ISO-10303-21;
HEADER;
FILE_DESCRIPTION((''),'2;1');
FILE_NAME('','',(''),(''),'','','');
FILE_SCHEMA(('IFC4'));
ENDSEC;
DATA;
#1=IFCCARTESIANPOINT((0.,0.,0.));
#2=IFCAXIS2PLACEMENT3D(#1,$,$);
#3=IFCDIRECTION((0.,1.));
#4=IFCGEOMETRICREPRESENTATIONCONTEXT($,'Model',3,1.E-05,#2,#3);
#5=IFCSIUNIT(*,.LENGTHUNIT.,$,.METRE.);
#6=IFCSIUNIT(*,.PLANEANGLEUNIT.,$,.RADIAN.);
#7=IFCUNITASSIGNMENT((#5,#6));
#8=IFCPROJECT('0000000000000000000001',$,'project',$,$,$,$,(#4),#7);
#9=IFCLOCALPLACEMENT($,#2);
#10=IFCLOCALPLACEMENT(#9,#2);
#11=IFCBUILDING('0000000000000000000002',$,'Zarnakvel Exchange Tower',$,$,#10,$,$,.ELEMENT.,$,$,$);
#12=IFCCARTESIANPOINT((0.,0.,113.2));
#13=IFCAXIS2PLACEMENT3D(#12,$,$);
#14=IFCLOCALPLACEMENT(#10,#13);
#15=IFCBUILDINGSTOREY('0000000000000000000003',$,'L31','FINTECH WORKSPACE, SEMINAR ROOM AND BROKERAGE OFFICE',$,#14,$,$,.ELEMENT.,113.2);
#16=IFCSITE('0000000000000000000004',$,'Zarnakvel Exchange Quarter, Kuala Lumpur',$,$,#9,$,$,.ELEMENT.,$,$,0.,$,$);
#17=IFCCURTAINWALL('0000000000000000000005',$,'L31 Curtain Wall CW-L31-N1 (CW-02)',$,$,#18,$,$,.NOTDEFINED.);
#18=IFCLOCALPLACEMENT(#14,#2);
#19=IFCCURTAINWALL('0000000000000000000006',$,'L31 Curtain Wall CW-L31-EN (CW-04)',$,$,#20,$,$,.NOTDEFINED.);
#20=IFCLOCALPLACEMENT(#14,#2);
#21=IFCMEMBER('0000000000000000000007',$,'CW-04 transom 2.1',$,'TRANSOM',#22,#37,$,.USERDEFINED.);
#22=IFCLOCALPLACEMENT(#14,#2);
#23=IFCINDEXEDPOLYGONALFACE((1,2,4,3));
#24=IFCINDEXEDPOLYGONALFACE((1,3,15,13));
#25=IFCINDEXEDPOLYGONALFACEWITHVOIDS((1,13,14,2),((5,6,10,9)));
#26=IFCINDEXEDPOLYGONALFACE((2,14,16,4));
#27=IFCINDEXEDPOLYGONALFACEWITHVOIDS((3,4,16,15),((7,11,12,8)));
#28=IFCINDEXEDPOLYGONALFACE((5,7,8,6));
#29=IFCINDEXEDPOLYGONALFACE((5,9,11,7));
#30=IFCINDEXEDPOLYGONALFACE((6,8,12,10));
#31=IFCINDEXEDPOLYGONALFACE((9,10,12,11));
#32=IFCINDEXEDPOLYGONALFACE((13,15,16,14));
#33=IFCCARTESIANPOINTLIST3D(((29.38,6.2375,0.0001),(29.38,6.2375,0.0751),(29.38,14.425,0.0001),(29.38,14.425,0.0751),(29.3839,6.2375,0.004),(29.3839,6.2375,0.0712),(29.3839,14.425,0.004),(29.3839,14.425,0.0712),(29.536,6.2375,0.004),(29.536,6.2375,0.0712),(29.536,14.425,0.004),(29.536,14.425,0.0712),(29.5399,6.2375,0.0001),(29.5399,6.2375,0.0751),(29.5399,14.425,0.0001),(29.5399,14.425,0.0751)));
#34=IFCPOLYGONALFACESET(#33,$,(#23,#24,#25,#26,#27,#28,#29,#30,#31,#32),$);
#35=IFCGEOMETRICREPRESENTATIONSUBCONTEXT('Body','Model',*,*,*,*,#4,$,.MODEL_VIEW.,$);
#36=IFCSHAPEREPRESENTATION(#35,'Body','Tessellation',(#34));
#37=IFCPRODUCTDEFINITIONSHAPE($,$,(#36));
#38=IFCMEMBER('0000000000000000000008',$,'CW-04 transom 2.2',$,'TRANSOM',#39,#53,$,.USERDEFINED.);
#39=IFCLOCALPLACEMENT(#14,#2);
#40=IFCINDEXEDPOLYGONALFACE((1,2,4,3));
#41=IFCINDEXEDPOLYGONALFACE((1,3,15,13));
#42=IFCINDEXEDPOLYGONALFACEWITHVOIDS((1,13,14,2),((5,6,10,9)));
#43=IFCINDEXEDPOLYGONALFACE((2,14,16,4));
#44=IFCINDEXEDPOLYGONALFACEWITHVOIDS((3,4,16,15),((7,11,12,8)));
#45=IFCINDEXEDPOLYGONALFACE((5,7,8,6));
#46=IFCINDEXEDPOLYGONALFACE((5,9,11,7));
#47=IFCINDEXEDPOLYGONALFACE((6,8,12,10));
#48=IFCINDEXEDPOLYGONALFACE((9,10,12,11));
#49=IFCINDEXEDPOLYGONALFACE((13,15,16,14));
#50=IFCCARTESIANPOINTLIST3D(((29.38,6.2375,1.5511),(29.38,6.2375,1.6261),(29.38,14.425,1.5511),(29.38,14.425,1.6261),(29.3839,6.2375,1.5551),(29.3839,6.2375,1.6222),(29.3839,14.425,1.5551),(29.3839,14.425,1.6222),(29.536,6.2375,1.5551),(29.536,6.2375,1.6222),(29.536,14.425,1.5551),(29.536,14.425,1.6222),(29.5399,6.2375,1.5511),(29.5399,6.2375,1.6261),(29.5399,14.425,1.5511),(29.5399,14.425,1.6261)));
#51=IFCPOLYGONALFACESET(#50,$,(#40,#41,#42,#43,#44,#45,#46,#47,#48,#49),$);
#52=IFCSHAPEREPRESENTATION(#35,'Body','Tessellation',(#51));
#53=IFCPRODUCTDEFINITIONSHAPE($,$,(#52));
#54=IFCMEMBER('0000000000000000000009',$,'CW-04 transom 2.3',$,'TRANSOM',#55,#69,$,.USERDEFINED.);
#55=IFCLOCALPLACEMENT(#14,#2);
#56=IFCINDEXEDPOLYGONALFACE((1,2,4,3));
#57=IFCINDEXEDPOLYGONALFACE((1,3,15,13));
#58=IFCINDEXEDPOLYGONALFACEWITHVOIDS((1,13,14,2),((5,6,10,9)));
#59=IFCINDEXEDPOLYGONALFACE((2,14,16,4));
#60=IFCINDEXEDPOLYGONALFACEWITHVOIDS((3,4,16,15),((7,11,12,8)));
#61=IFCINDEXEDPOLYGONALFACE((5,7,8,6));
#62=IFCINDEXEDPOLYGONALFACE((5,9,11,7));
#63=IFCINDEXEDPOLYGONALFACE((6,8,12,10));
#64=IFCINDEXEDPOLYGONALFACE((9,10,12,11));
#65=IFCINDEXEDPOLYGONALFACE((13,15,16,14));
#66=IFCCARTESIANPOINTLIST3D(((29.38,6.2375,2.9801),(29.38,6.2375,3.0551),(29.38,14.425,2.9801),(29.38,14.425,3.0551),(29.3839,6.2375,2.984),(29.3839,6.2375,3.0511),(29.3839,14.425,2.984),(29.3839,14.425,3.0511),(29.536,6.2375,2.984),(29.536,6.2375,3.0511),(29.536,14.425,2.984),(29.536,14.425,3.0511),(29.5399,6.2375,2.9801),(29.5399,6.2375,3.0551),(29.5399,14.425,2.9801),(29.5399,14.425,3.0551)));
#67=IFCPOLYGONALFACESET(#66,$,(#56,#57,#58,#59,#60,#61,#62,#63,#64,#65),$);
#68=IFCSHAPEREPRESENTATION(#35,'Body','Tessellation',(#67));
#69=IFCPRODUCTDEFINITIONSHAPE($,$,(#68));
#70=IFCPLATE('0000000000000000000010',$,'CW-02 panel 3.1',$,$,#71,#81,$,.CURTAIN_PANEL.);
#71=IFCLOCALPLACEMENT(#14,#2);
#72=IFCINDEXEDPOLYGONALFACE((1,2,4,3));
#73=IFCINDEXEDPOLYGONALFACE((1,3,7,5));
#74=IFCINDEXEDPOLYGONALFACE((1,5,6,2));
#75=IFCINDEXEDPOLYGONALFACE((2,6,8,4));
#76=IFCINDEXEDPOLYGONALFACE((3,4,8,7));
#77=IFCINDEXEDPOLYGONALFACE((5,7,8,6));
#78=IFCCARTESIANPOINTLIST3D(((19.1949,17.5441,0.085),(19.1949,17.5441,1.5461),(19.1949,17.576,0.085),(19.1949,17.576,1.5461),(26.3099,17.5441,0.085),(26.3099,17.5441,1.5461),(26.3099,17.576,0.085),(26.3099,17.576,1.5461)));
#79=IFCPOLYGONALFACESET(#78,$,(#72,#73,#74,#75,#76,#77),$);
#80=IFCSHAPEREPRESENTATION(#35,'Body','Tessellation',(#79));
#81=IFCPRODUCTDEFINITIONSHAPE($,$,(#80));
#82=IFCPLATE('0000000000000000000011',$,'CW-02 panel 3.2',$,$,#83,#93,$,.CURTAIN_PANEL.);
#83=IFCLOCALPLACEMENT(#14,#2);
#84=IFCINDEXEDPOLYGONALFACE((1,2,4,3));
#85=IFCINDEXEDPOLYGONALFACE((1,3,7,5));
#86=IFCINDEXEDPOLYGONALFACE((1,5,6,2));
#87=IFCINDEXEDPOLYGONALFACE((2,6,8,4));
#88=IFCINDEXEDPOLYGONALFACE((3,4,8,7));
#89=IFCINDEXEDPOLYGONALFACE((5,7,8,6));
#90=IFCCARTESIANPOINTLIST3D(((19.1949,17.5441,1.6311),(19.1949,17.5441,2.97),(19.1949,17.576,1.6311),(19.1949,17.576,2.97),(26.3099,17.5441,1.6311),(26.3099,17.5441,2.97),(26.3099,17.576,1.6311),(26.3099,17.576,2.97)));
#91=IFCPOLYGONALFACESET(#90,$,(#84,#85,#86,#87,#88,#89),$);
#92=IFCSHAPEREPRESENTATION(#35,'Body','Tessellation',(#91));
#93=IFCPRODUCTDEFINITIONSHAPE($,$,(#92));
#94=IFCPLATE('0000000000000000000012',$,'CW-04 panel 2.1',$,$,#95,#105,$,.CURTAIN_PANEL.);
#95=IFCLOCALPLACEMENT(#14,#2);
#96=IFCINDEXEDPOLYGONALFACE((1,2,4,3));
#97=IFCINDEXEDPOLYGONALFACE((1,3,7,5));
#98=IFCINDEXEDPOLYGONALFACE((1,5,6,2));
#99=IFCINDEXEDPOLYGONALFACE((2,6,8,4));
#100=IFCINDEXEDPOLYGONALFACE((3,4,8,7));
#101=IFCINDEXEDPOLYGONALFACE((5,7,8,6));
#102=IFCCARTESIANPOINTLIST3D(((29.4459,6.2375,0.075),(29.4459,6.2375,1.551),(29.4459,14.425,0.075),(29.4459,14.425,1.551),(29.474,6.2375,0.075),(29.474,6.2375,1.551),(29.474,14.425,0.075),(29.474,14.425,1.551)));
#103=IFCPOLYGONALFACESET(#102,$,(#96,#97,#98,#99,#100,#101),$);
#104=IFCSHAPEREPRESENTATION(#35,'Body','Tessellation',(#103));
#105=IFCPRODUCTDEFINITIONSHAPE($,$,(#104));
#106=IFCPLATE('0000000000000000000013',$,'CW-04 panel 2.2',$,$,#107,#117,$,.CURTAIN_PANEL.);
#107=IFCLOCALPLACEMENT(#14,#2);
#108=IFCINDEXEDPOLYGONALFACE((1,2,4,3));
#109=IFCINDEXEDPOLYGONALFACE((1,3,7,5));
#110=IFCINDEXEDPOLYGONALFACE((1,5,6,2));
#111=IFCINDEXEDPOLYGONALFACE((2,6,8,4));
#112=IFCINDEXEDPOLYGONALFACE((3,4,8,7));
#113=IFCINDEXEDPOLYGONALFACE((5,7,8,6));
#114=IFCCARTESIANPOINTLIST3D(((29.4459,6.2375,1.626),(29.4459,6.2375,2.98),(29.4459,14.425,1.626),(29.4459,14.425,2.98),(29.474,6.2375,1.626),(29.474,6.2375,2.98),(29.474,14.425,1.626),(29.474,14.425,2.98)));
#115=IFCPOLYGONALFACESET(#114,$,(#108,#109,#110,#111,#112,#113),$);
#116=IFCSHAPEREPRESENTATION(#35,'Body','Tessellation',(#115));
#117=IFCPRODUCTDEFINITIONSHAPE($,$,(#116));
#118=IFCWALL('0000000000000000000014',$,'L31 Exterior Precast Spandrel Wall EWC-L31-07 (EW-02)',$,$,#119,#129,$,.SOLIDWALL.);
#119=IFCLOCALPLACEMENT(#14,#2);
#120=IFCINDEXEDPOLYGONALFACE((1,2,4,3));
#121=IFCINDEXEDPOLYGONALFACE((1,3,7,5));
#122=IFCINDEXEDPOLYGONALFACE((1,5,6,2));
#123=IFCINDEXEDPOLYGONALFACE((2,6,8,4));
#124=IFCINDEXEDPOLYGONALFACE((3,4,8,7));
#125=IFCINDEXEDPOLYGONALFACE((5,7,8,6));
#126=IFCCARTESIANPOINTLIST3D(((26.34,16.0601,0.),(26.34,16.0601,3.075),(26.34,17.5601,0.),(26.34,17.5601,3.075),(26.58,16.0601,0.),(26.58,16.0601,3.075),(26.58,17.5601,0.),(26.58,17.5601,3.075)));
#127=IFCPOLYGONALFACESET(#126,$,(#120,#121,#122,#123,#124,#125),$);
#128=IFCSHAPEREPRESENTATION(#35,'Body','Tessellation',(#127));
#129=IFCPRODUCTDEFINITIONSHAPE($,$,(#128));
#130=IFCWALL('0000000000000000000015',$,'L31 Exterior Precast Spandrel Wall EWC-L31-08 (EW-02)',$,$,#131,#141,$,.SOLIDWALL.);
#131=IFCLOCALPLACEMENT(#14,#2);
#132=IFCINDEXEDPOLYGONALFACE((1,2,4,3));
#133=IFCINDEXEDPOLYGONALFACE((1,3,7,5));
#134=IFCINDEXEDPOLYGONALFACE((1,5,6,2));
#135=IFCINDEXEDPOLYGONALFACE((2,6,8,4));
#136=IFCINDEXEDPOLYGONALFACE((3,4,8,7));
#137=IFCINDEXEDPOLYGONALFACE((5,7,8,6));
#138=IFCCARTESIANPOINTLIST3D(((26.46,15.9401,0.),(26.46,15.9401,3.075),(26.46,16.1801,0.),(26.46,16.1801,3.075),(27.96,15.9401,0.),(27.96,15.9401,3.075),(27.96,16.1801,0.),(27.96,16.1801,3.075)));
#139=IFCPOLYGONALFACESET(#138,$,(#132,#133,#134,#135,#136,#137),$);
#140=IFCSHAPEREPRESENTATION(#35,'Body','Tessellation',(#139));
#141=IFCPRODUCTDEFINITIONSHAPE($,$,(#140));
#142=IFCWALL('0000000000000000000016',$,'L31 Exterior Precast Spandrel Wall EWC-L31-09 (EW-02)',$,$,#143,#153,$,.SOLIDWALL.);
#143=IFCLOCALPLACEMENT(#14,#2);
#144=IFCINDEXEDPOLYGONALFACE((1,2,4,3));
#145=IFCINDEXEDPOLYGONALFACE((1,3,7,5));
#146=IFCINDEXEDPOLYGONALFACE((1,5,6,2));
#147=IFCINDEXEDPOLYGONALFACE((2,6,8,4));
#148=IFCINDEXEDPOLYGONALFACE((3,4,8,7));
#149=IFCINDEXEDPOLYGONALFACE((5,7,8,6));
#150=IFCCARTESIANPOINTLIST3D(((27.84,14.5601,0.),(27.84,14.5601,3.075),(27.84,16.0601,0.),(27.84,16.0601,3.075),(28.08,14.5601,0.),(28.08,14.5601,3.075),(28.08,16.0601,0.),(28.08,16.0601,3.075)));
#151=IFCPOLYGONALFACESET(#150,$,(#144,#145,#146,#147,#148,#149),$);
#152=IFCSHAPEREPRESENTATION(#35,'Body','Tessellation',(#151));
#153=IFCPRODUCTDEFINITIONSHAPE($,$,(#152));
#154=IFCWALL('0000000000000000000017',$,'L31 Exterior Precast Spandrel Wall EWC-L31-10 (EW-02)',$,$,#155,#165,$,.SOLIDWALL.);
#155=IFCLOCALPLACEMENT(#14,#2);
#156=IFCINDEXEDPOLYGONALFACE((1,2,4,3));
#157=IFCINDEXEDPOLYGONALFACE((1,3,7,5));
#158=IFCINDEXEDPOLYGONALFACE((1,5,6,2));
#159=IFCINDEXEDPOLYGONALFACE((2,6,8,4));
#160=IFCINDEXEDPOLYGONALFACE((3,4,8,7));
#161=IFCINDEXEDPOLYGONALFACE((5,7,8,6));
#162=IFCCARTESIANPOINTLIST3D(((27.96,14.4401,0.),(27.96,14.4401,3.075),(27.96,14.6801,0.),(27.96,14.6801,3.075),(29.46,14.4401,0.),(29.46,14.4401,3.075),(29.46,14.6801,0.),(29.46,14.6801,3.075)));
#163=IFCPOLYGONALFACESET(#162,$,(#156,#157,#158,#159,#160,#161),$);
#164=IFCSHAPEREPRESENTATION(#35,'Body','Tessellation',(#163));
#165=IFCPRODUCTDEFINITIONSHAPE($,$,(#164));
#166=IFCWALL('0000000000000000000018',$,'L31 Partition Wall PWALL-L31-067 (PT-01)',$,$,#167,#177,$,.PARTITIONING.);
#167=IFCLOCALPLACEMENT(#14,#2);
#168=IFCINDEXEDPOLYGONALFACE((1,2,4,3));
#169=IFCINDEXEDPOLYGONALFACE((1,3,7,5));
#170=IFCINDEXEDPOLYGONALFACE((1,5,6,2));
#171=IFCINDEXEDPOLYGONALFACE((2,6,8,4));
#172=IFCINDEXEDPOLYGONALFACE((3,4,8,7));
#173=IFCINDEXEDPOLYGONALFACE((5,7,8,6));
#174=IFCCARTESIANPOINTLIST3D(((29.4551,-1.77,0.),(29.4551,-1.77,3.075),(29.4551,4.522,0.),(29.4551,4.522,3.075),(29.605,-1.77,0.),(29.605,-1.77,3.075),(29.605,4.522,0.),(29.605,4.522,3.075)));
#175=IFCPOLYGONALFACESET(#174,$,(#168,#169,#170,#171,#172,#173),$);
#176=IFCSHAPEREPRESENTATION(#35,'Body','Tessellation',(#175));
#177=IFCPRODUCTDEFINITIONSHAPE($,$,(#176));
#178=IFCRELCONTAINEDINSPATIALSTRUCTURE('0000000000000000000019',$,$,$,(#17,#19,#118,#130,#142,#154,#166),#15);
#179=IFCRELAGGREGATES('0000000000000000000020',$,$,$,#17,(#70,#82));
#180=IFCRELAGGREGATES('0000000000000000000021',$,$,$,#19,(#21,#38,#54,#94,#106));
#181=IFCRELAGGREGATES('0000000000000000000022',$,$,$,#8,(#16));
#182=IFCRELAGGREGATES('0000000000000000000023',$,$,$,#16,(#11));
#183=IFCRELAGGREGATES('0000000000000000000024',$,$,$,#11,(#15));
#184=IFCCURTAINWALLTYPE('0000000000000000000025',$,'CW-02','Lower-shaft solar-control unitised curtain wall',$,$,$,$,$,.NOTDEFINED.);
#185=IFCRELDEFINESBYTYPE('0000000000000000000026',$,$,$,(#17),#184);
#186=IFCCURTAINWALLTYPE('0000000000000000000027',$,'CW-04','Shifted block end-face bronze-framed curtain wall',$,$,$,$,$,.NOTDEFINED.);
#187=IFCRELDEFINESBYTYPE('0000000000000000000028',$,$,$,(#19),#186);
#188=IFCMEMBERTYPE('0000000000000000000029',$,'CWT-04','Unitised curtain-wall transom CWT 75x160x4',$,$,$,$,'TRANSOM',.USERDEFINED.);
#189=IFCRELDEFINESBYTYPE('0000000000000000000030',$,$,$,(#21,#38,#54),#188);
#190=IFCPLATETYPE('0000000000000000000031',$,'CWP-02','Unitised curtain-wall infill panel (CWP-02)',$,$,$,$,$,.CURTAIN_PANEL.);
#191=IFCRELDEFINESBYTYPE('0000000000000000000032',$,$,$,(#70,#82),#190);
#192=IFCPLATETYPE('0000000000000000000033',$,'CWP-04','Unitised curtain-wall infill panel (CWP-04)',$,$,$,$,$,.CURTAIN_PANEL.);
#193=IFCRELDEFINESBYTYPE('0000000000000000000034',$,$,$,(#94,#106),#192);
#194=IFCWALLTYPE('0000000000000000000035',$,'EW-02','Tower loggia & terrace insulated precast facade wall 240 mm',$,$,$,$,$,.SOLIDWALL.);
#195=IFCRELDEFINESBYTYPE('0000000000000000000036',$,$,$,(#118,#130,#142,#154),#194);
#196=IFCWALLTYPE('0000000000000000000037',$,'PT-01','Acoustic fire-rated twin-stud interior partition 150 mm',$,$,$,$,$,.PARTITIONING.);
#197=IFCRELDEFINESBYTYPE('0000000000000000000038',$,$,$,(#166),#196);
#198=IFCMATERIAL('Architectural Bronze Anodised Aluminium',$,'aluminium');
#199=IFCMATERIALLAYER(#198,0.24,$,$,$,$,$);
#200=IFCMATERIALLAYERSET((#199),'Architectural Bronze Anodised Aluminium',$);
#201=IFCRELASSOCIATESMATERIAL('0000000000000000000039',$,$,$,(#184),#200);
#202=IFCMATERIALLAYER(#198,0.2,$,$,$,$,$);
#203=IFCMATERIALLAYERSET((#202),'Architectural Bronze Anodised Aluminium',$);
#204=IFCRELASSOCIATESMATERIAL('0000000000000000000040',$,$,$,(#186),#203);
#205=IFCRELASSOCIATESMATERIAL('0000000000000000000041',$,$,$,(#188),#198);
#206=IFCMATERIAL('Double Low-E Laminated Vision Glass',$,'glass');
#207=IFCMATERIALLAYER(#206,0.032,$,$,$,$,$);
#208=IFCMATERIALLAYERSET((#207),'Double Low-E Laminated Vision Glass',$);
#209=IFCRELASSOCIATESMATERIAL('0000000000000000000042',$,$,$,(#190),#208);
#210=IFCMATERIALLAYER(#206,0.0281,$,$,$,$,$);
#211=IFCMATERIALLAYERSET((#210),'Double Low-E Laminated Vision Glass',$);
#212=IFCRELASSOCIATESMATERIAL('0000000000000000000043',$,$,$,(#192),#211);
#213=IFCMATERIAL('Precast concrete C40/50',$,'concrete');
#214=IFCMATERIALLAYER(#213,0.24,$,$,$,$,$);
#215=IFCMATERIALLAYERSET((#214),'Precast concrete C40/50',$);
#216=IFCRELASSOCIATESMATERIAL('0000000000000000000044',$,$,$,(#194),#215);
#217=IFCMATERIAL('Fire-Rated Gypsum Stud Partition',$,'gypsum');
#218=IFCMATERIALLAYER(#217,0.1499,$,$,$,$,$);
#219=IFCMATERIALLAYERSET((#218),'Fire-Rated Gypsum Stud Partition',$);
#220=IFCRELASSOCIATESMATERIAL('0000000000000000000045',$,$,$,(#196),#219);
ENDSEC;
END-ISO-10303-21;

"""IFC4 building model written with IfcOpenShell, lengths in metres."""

from ifc_helpers import new_model, si_unit, direction, frame, frame_2d, origin, origin_2d, place, context, subcontext, project, spatial, rectangle, hollow_rectangle, extrude, source, transform, mapped, material, layer, layer_set, material_profile, profile_set, type_object, element, aggregate, save


model = new_model("IFC4")

# Units and contexts
model_context = context("Model", 3, precision=1e-05, world=origin(), true_north=direction((0.0, 1.0)))
body_context = subcontext(model_context, "Body", "Model", "MODEL_VIEW")
ifc_project = project(units=[si_unit("LENGTHUNIT", "METRE"), si_unit("PLANEANGLEUNIT", "RADIAN")], contexts=[model_context])

# Site, building, storey
site_placement = place(None, origin())
site = spatial("IfcSite", under=ifc_project, at=site_placement, Name="Zarnakvel Exchange Quarter, Kuala Lumpur", CompositionType="ELEMENT", RefElevation=0.0)
building_placement = place(site_placement, origin())
building = spatial("IfcBuilding", under=site, at=building_placement, Name="Zarnakvel Exchange Tower", CompositionType="ELEMENT")
storey_placement = place(building_placement, frame((0.0, 0.0, 113.2)))
storey = spatial("IfcBuildingStorey", under=building, at=storey_placement, Name="L31", Description="FINTECH WORKSPACE, SEMINAR ROOM AND BROKERAGE OFFICE", CompositionType="ELEMENT", Elevation=113.2)

# Curtain wall
ifc_material_1 = material(Name="Architectural Bronze Anodised Aluminium", Category="aluminium")
ifc_layer_1 = layer(ifc_material_1, 0.24)
ifc_layer_set_1 = layer_set([ifc_layer_1], Name="Architectural Bronze Anodised Aluminium")
curtain_wall_type_1 = type_object("IfcCurtainWallType", Name="CW-02", Description="Lower-shaft solar-control unitised curtain wall", PredefinedType="NOTDEFINED", material=ifc_layer_set_1)
curtain_wall_1_placement = place(storey_placement, origin())
curtain_wall_1 = element("IfcCurtainWall", 1, at=curtain_wall_1_placement, inside=storey, type_object=curtain_wall_type_1, Name="L31 Curtain Wall CW-L31-N1 (CW-02)", PredefinedType="NOTDEFINED")

# Curtain wall
ifc_layer_2 = layer(ifc_material_1, 0.2)
ifc_layer_set_2 = layer_set([ifc_layer_2], Name="Architectural Bronze Anodised Aluminium")
curtain_wall_type_2 = type_object("IfcCurtainWallType", Name="CW-04", Description="Shifted block end-face bronze-framed curtain wall", PredefinedType="NOTDEFINED", material=ifc_layer_set_2)
curtain_wall_2_placement = place(storey_placement, origin())
curtain_wall_2 = element("IfcCurtainWall", 2, at=curtain_wall_2_placement, inside=storey, type_object=curtain_wall_type_2, Name="L31 Curtain Wall CW-L31-EN (CW-04)", PredefinedType="NOTDEFINED")

# Members
ifc_material_profile_1 = material_profile(ifc_material_1, hollow_rectangle(XDim=0.1599, YDim=0.075, WallThickness=0.0039, at=origin_2d()))
ifc_profile_set_1 = profile_set([ifc_material_profile_1], Name="Architectural Bronze Anodised Aluminium")
member_type_1 = type_object("IfcMemberType", Name="CWT-04", Description="Unitised curtain-wall transom CWT 75x160x4", ElementType="TRANSOM", PredefinedType="USERDEFINED", material=ifc_profile_set_1)
shared_shape_1 = source(origin(), body_context, "Body", "SweptSolid", [
    extrude(hollow_rectangle(XDim=0.1599, YDim=0.075, WallThickness=0.0039, at=origin_2d()), origin(), (0.0, 0.0, 1.0), 8.1875),
])
member_1_placement = place(storey_placement, frame((29.46, 6.2375, 0.0376), z_axis=(0.0, 1.0, 0.0), x_axis=(-1.0, 0.0, 0.0)))
member_1 = element("IfcMember", 3, at=member_1_placement, type_object=member_type_1, Name="CW-04 transom 2.1", ObjectType="TRANSOM", PredefinedType="USERDEFINED", context=body_context, shape_type="MappedRepresentation", body=[
    mapped(shared_shape_1, transform((0.0, 0.0, 0.0), x_axis=(1.0, 0.0, 0.0), y_axis=(0.0, 1.0, 0.0), z_axis=(0.0, 0.0, 1.0), scale=1.0)),
])
member_2_placement = place(storey_placement, frame((29.46, 6.2375, 1.5886), z_axis=(0.0, 1.0, 0.0), x_axis=(-1.0, 0.0, 0.0)))
member_2 = element("IfcMember", 4, at=member_2_placement, type_object=member_type_1, Name="CW-04 transom 2.2", ObjectType="TRANSOM", PredefinedType="USERDEFINED", context=body_context, shape_type="MappedRepresentation", body=[
    mapped(shared_shape_1, transform((0.0, 0.0, 0.0), x_axis=(1.0, 0.0, 0.0), y_axis=(0.0, 1.0, 0.0), z_axis=(0.0, 0.0, 1.0), scale=1.0)),
])
member_3_placement = place(storey_placement, frame((29.46, 6.2375, 3.0176), z_axis=(0.0, 1.0, 0.0), x_axis=(-1.0, 0.0, 0.0)))
member_3 = element("IfcMember", 5, at=member_3_placement, type_object=member_type_1, Name="CW-04 transom 2.3", ObjectType="TRANSOM", PredefinedType="USERDEFINED", context=body_context, shape_type="MappedRepresentation", body=[
    mapped(shared_shape_1, transform((0.0, 0.0, 0.0), x_axis=(1.0, 0.0, 0.0), y_axis=(0.0, 1.0, 0.0), z_axis=(0.0, 0.0, 1.0), scale=1.0)),
])

# Plates
ifc_material_2 = material(Name="Double Low-E Laminated Vision Glass", Category="glass")
ifc_layer_3 = layer(ifc_material_2, 0.032)
ifc_layer_set_3 = layer_set([ifc_layer_3], Name="Double Low-E Laminated Vision Glass")
plate_type_1 = type_object("IfcPlateType", Name="CWP-02", Description="Unitised curtain-wall infill panel (CWP-02)", PredefinedType="CURTAIN_PANEL", material=ifc_layer_set_3)
shared_shape_2 = source(origin(), body_context, "Body", "SweptSolid", [
    extrude(rectangle(XDim=7.115, YDim=0.032, at=origin_2d()), origin(), (0.0, 0.0, 1.0), 1.4612),
])
plate_1_placement = place(storey_placement, frame((22.7524, 17.5601, 0.085), z_axis=(0.0, 0.0, 1.0), x_axis=(1.0, 0.0, 0.0)))
plate_1 = element("IfcPlate", 6, at=plate_1_placement, type_object=plate_type_1, Name="CW-02 panel 3.1", PredefinedType="CURTAIN_PANEL", context=body_context, shape_type="MappedRepresentation", body=[
    mapped(shared_shape_2, transform((0.0, 0.0, 0.0), x_axis=(1.0, 0.0, 0.0), y_axis=(0.0, 1.0, 0.0), z_axis=(0.0, 0.0, 1.0), scale=1.0)),
])
shared_shape_3 = source(origin(), body_context, "Body", "SweptSolid", [
    extrude(rectangle(XDim=7.115, YDim=0.032, at=origin_2d()), origin(), (0.0, 0.0, 1.0), 1.3389),
])
plate_2_placement = place(storey_placement, frame((22.7524, 17.5601, 1.6311), z_axis=(0.0, 0.0, 1.0), x_axis=(1.0, 0.0, 0.0)))
plate_2 = element("IfcPlate", 7, at=plate_2_placement, type_object=plate_type_1, Name="CW-02 panel 3.2", PredefinedType="CURTAIN_PANEL", context=body_context, shape_type="MappedRepresentation", body=[
    mapped(shared_shape_3, transform((0.0, 0.0, 0.0), x_axis=(1.0, 0.0, 0.0), y_axis=(0.0, 1.0, 0.0), z_axis=(0.0, 0.0, 1.0), scale=1.0)),
])
aggregate(curtain_wall_1, [plate_1, plate_2])
ifc_layer_4 = layer(ifc_material_2, 0.0281)
ifc_layer_set_4 = layer_set([ifc_layer_4], Name="Double Low-E Laminated Vision Glass")
plate_type_2 = type_object("IfcPlateType", Name="CWP-04", Description="Unitised curtain-wall infill panel (CWP-04)", PredefinedType="CURTAIN_PANEL", material=ifc_layer_set_4)
shared_shape_4 = source(origin(), body_context, "Body", "SweptSolid", [
    extrude(rectangle(XDim=8.1875, YDim=0.0281, at=origin_2d()), origin(), (0.0, 0.0, 1.0), 1.4761),
])
plate_3_placement = place(storey_placement, frame((29.46, 10.3313, 0.075), z_axis=(0.0, 0.0, 1.0), x_axis=(0.0, 1.0, 0.0)))
plate_3 = element("IfcPlate", 8, at=plate_3_placement, type_object=plate_type_2, Name="CW-04 panel 2.1", PredefinedType="CURTAIN_PANEL", context=body_context, shape_type="MappedRepresentation", body=[
    mapped(shared_shape_4, transform((0.0, 0.0, 0.0), x_axis=(1.0, 0.0, 0.0), y_axis=(0.0, 1.0, 0.0), z_axis=(0.0, 0.0, 1.0), scale=1.0)),
])
shared_shape_5 = source(origin(), body_context, "Body", "SweptSolid", [
    extrude(rectangle(XDim=8.1875, YDim=0.0281, at=origin_2d()), origin(), (0.0, 0.0, 1.0), 1.354),
])
plate_4_placement = place(storey_placement, frame((29.46, 10.3313, 1.626), z_axis=(0.0, 0.0, 1.0), x_axis=(0.0, 1.0, 0.0)))
plate_4 = element("IfcPlate", 9, at=plate_4_placement, type_object=plate_type_2, Name="CW-04 panel 2.2", PredefinedType="CURTAIN_PANEL", context=body_context, shape_type="MappedRepresentation", body=[
    mapped(shared_shape_5, transform((0.0, 0.0, 0.0), x_axis=(1.0, 0.0, 0.0), y_axis=(0.0, 1.0, 0.0), z_axis=(0.0, 0.0, 1.0), scale=1.0)),
])
aggregate(curtain_wall_2, [member_1, member_2, member_3, plate_3, plate_4])

# Walls
ifc_material_3 = material(Name="Precast concrete C40/50", Category="concrete")
ifc_layer_5 = layer(ifc_material_3, 0.24)
ifc_layer_set_5 = layer_set([ifc_layer_5], Name="Precast concrete C40/50")
wall_type_1 = type_object("IfcWallType", Name="EW-02", Description="Tower loggia & terrace insulated precast facade wall 240 mm", PredefinedType="SOLIDWALL", material=ifc_layer_set_5)
for number, where, z_axis, x_axis, name in (
    (10, (26.46, 16.0601, 0.0), (0.0, 0.0, 1.0), (0.0, 1.0, 0.0), "L31 Exterior Precast Spandrel Wall EWC-L31-07 (EW-02)"),
    (11, (27.96, 16.0601, 0.0), (0.0, 0.0, 1.0), (-1.0, 0.0, 0.0), "L31 Exterior Precast Spandrel Wall EWC-L31-08 (EW-02)"),
    (12, (27.96, 14.5601, 0.0), (0.0, 0.0, 1.0), (0.0, 1.0, 0.0), "L31 Exterior Precast Spandrel Wall EWC-L31-09 (EW-02)"),
    (13, (29.46, 14.5601, 0.0), (0.0, 0.0, 1.0), (-1.0, 0.0, 0.0), "L31 Exterior Precast Spandrel Wall EWC-L31-10 (EW-02)"),
):
    element("IfcWall", number, at=place(storey_placement, frame(where, z_axis=z_axis, x_axis=x_axis)), inside=storey, type_object=wall_type_1, Name=name, PredefinedType="SOLIDWALL", context=body_context, shape_type="SweptSolid", body=[
        extrude(rectangle(XDim=1.5, YDim=0.24, at=frame_2d((0.75, 0.0))), origin(), (0.0, 0.0, 1.0), 3.075),
    ])
ifc_material_4 = material(Name="Fire-Rated Gypsum Stud Partition", Category="gypsum")
ifc_layer_6 = layer(ifc_material_4, 0.1499)
ifc_layer_set_6 = layer_set([ifc_layer_6], Name="Fire-Rated Gypsum Stud Partition")
wall_type_2 = type_object("IfcWallType", Name="PT-01", Description="Acoustic fire-rated twin-stud interior partition 150 mm", PredefinedType="PARTITIONING", material=ifc_layer_set_6)
wall_1_placement = place(storey_placement, frame((29.53, 4.522, 0.0), z_axis=(0.0, 0.0, 1.0), x_axis=(0.0, -1.0, 0.0)))
element("IfcWall", 14, at=wall_1_placement, inside=storey, type_object=wall_type_2, Name="L31 Partition Wall PWALL-L31-067 (PT-01)", PredefinedType="PARTITIONING", context=body_context, shape_type="SweptSolid", body=[
    extrude(rectangle(XDim=6.292, YDim=0.1499, at=frame_2d((3.146, 0.0))), origin(), (0.0, 0.0, 1.0), 3.075),
])

save(model, "model.ifc")
